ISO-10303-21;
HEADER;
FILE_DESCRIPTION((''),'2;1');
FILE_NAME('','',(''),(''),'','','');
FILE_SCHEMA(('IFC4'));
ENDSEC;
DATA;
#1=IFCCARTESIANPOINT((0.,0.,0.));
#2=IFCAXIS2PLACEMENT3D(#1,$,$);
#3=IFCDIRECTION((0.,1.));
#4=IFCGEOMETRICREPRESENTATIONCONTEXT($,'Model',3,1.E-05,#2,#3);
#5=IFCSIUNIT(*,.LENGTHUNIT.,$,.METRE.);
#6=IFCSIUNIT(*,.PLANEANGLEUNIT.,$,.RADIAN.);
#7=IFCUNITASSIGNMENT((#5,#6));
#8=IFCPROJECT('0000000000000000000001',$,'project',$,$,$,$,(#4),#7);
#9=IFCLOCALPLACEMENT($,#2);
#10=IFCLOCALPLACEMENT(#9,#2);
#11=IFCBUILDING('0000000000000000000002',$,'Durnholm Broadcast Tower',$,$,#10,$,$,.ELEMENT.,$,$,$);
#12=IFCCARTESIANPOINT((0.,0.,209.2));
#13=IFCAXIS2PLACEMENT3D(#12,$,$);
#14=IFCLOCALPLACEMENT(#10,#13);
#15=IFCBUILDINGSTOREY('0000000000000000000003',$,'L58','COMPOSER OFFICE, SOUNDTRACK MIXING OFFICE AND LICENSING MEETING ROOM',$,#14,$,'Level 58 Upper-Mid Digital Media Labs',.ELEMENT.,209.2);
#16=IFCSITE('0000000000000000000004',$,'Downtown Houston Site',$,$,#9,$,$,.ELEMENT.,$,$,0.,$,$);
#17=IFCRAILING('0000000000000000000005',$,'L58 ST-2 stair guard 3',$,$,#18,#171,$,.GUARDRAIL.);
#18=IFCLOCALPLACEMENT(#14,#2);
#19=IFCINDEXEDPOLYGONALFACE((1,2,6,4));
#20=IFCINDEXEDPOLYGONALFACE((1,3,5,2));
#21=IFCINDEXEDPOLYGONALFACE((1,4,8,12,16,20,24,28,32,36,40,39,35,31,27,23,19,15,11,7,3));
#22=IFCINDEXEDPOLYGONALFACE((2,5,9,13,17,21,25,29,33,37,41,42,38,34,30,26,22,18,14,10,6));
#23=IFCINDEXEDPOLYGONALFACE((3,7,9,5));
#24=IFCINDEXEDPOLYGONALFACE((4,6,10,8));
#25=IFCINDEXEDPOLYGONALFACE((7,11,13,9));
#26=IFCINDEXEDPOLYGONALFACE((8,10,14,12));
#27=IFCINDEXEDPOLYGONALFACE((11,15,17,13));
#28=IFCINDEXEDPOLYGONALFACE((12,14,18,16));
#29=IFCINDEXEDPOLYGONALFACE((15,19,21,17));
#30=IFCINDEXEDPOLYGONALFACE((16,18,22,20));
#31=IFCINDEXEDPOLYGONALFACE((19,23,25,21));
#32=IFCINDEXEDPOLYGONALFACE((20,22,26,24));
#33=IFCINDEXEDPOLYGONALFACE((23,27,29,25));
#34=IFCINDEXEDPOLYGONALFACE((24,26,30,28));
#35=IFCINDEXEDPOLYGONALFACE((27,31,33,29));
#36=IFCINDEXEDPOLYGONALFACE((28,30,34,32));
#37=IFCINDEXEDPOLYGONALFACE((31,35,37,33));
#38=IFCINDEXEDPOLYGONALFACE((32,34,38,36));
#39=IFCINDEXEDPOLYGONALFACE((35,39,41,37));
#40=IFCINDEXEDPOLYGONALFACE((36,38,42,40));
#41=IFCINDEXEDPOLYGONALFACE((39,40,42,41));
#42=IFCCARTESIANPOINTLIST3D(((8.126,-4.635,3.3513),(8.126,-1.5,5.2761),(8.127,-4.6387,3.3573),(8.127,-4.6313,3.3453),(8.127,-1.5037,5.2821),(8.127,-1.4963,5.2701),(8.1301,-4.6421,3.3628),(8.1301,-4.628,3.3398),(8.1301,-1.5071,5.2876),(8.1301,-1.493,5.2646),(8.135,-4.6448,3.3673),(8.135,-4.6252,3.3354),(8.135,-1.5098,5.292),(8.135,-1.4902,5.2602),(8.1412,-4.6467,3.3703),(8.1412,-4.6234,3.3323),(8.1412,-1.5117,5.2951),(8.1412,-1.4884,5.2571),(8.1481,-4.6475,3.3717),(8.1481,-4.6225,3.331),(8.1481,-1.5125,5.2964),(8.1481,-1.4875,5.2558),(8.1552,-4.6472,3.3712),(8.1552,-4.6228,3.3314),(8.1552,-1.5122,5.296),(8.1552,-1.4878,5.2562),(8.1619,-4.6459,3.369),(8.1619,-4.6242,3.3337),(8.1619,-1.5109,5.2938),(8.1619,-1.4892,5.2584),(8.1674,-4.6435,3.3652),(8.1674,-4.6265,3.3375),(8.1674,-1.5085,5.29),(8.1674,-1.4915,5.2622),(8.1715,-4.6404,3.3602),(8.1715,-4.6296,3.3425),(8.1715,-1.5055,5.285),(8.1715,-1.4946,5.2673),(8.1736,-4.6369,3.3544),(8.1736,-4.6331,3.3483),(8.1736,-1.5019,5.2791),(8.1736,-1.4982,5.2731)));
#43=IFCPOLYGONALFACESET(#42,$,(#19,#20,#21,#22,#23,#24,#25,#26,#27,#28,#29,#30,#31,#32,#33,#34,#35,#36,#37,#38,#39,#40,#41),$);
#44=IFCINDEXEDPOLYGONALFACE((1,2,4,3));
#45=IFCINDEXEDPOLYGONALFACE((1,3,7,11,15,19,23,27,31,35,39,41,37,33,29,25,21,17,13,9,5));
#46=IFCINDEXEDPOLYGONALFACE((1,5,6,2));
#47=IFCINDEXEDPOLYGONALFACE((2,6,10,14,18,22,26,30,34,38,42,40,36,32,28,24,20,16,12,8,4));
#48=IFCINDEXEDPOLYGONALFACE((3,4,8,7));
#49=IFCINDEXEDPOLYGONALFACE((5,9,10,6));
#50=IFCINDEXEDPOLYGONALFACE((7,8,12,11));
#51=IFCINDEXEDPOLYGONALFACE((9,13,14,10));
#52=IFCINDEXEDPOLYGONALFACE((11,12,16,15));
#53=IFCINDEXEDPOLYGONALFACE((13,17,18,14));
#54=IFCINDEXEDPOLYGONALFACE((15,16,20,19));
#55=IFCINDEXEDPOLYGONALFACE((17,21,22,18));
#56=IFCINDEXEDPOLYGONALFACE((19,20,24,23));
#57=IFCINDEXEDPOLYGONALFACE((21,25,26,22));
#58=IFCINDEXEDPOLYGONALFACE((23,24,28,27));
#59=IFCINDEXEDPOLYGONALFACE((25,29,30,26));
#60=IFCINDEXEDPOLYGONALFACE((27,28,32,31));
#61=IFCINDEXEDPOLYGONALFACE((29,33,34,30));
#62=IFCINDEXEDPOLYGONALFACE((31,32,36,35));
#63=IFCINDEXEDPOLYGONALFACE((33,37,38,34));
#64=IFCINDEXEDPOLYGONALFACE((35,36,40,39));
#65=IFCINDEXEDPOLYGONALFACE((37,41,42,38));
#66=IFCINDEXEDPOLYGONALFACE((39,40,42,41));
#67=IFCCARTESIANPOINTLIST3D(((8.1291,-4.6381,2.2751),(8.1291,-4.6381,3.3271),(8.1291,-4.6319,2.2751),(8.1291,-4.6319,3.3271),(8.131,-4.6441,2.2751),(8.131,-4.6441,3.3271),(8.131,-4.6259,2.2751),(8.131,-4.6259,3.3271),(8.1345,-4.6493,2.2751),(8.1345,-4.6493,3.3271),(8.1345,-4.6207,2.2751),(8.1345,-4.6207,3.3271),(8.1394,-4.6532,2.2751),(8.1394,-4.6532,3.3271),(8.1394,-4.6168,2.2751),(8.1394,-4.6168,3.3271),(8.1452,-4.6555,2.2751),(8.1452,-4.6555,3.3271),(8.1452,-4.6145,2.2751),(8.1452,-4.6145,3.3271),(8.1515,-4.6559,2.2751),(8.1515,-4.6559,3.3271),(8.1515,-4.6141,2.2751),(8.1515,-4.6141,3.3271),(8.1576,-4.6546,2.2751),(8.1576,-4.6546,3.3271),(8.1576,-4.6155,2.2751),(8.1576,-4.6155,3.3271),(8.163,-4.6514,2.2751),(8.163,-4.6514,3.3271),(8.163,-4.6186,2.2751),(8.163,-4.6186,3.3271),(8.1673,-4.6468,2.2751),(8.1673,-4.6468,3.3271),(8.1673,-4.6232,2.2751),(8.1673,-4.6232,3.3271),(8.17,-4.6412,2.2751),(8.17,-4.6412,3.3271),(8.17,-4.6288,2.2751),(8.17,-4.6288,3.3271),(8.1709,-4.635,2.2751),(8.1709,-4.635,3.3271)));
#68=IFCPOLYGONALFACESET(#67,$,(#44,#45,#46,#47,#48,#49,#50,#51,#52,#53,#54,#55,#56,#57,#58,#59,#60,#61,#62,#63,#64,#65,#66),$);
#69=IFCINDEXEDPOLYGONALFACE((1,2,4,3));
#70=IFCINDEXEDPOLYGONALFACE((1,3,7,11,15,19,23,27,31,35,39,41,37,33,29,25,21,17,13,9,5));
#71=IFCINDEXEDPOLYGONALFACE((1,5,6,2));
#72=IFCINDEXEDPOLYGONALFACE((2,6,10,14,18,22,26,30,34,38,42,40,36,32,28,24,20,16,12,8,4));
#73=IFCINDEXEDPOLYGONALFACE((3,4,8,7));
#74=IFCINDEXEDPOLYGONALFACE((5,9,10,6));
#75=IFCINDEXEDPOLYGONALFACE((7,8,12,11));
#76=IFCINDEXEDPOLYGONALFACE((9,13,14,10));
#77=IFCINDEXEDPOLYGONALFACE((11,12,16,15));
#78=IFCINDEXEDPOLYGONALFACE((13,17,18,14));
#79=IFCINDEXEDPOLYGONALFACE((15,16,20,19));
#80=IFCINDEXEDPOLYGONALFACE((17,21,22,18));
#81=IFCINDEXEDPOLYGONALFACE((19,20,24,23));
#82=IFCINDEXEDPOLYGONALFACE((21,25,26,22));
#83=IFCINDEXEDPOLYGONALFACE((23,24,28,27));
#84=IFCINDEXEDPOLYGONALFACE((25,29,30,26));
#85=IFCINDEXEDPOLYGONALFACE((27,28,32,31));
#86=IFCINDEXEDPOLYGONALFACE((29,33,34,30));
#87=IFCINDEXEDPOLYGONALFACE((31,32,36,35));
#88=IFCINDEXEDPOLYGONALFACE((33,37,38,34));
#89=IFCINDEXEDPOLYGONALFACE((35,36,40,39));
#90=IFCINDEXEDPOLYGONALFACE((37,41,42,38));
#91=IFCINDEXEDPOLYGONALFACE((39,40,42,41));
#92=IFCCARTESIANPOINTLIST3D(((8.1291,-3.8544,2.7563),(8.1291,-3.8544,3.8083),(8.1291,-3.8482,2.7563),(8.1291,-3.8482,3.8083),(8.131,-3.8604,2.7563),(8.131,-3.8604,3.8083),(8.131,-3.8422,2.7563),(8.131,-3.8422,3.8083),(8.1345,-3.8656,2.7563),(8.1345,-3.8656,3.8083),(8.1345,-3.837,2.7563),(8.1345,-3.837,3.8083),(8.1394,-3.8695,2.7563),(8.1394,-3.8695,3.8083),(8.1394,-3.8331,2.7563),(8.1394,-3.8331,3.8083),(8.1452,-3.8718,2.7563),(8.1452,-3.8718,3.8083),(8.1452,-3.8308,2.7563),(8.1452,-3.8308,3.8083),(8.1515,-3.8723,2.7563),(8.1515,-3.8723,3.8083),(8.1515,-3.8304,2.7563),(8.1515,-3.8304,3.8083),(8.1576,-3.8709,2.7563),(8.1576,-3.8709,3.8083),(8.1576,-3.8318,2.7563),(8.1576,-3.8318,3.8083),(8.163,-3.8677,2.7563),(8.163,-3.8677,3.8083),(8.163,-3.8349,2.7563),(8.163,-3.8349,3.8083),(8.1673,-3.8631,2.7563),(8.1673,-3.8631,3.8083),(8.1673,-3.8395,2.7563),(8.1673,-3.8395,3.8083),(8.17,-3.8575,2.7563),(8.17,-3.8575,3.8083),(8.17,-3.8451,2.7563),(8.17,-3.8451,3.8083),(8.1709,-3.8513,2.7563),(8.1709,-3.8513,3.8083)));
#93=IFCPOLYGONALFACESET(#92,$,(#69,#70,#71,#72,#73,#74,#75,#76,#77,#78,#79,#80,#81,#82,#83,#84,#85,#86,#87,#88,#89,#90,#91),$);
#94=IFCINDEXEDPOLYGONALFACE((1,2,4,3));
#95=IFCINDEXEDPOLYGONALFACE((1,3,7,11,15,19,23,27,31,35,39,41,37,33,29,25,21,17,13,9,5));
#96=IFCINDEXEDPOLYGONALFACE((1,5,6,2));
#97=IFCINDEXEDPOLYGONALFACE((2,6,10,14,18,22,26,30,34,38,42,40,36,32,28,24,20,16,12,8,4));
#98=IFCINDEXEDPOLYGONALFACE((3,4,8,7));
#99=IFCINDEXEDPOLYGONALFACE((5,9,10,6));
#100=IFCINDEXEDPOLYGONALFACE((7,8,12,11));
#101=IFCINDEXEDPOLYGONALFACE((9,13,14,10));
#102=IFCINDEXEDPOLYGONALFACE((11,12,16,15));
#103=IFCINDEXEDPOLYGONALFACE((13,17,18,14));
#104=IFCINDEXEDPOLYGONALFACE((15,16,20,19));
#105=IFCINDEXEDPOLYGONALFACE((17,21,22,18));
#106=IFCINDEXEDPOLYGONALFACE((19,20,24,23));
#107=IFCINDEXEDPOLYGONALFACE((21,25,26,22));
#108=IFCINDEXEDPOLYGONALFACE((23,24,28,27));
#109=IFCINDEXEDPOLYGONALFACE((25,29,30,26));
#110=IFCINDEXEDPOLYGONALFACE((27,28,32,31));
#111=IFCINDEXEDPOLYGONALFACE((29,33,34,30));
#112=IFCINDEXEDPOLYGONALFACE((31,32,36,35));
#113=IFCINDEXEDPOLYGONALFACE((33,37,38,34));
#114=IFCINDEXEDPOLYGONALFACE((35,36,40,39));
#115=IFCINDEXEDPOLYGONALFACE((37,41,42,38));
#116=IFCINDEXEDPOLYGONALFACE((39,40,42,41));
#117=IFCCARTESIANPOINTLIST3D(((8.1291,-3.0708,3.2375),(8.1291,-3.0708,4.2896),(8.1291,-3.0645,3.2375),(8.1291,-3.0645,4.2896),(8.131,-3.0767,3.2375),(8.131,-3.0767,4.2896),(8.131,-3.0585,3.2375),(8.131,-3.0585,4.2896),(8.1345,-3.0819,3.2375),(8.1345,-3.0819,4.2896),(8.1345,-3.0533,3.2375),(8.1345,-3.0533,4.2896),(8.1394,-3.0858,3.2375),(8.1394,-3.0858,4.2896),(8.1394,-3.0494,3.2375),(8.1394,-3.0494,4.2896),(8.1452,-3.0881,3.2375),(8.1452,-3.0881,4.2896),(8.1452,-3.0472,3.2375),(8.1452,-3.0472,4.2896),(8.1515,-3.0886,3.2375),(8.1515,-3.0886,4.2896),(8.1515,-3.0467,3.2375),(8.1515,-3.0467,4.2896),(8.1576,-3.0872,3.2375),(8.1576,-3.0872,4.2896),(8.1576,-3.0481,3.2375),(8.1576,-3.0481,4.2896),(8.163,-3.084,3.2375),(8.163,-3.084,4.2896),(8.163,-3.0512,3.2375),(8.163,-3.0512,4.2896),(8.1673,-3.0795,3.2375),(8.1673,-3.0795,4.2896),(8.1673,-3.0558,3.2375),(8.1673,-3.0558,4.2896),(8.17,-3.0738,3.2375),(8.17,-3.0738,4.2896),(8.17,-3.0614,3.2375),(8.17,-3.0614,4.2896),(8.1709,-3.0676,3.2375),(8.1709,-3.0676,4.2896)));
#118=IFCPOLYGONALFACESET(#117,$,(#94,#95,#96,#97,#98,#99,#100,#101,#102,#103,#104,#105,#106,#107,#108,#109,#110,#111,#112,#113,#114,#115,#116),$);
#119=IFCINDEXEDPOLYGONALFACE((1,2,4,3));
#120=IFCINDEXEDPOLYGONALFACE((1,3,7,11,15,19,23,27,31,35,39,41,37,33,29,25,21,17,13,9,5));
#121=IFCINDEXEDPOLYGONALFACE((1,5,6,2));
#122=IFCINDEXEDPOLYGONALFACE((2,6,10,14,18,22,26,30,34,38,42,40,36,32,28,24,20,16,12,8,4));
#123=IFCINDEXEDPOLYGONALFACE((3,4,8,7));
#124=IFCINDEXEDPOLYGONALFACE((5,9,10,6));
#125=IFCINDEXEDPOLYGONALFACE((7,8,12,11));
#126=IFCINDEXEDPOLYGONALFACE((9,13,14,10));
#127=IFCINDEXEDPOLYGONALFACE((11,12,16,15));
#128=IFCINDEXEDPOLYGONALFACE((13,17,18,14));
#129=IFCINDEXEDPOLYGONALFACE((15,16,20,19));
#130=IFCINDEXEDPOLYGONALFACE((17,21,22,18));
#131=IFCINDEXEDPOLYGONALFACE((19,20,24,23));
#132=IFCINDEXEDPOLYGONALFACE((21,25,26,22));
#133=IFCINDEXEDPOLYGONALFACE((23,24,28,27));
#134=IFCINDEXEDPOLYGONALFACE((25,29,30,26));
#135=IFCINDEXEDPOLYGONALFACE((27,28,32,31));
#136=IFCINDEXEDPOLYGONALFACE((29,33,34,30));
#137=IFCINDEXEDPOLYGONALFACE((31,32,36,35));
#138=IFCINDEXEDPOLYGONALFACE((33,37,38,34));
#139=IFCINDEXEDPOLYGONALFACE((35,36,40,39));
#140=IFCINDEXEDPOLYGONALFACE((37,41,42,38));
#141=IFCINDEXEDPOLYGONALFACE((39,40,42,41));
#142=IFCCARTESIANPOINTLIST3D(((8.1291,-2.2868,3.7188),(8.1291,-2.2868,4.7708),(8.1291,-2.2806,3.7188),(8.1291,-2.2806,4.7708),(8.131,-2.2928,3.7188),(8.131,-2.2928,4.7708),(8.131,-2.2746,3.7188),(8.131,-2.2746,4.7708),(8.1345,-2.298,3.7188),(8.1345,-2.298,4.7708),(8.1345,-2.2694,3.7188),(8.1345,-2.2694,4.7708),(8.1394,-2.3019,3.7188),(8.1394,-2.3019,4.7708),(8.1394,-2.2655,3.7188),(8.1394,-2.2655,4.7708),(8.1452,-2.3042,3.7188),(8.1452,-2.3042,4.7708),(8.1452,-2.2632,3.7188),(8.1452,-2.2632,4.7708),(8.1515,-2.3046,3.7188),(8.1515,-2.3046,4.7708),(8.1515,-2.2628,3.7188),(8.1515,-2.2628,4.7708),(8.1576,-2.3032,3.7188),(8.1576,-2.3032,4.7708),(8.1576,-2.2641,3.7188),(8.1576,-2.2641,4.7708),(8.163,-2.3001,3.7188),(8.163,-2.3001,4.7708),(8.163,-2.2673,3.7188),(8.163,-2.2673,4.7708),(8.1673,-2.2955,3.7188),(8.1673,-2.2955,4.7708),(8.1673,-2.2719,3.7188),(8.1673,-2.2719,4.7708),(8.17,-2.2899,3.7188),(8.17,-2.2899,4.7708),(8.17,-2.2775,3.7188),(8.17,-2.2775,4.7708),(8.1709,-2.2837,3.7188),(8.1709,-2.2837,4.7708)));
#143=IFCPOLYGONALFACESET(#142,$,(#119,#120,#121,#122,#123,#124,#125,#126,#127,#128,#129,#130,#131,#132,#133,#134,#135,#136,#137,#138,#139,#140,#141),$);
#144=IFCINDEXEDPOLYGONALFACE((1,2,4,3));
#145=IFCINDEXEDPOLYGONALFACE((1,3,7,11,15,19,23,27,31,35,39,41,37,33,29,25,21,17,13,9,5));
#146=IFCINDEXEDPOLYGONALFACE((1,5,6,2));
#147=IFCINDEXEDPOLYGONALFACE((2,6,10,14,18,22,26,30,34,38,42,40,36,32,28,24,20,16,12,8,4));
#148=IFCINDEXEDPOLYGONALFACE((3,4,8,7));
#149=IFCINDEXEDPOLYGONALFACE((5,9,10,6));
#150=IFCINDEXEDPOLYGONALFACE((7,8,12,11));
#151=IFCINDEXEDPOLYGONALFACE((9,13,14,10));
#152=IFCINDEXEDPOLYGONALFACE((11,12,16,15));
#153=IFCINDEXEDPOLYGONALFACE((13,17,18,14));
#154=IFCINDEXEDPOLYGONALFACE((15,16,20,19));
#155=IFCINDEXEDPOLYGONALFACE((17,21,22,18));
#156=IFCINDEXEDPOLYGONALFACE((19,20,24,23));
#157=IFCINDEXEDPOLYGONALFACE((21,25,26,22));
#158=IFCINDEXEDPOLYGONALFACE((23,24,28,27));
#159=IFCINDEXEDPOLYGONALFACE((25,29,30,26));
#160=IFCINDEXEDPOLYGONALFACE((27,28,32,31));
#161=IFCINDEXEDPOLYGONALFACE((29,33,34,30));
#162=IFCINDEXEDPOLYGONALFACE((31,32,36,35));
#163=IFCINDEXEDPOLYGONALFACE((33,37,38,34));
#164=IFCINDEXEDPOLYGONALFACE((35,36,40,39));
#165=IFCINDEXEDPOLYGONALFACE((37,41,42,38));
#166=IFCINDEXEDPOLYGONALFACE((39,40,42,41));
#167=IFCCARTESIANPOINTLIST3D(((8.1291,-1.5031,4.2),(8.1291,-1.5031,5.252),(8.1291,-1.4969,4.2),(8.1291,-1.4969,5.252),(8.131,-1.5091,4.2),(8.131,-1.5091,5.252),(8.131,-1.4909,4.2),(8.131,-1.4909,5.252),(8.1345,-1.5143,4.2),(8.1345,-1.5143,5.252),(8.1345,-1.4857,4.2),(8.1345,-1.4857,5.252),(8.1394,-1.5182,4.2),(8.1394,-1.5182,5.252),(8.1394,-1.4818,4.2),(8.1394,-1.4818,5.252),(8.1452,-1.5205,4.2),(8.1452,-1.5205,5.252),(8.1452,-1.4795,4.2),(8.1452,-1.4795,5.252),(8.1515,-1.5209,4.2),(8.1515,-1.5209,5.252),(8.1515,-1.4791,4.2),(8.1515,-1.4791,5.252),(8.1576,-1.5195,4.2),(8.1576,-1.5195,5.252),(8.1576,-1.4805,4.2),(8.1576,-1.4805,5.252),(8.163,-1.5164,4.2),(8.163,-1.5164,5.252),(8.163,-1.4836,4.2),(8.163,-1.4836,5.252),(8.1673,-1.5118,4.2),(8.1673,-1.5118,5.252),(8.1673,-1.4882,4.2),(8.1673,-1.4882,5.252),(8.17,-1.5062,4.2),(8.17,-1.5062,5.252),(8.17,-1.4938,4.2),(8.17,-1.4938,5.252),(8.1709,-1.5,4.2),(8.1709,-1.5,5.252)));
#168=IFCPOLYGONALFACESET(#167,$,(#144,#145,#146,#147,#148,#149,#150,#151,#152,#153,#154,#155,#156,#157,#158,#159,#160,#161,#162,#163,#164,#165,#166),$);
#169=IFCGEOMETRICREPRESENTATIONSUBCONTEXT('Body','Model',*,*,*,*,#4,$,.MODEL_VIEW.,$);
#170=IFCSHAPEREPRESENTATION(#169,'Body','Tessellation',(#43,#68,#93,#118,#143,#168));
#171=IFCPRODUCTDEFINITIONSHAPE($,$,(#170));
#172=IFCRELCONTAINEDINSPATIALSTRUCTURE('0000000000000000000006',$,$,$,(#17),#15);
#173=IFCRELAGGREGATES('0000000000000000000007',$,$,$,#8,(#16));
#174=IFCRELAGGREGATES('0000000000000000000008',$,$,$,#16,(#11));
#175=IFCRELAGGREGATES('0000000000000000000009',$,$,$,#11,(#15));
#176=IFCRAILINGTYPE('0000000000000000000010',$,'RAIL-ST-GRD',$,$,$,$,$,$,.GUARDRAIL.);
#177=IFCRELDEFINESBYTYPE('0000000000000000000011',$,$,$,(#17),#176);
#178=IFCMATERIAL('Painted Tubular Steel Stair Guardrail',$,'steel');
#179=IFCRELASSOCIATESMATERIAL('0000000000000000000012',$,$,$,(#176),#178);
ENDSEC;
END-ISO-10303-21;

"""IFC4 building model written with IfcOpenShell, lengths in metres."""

from ifc_helpers import new_model, si_unit, direction, frame, origin, origin_2d, place, context, subcontext, project, spatial, circle, extrude, material, type_object, element, save


model = new_model("IFC4")

# Units and contexts
model_context = context("Model", 3, precision=1e-05, world=origin(), true_north=direction((0.0, 1.0)))
body_context = subcontext(model_context, "Body", "Model", "MODEL_VIEW")
ifc_project = project(units=[si_unit("LENGTHUNIT", "METRE"), si_unit("PLANEANGLEUNIT", "RADIAN")], contexts=[model_context])

# Site, building, storey
site_placement = place(None, origin())
site = spatial("IfcSite", under=ifc_project, at=site_placement, Name="Downtown Houston Site", CompositionType="ELEMENT", RefElevation=0.0)
building_placement = place(site_placement, origin())
building = spatial("IfcBuilding", under=site, at=building_placement, Name="Durnholm Broadcast Tower", CompositionType="ELEMENT")
storey_placement = place(building_placement, frame((0.0, 0.0, 209.2)))
storey = spatial("IfcBuildingStorey", under=building, at=storey_placement, Name="L58", Description="COMPOSER OFFICE, SOUNDTRACK MIXING OFFICE AND LICENSING MEETING ROOM", LongName="Level 58 Upper-Mid Digital Media Labs", CompositionType="ELEMENT", Elevation=209.2)

# Railing
ifc_material_1 = material(Name="Painted Tubular Steel Stair Guardrail", Category="steel")
railing_type_1 = type_object("IfcRailingType", Name="RAIL-ST-GRD", PredefinedType="GUARDRAIL", material=ifc_material_1)
railing_1_placement = place(storey_placement, frame((8.1499, -4.635, 2.2751)))
element("IfcRailing", 1, at=railing_1_placement, inside=storey, type_object=railing_type_1, Name="L58 ST-2 stair guard 3", PredefinedType="GUARDRAIL", context=body_context, shape_type="SweptSolid", body=[
    extrude(circle(Radius=0.0239, at=origin_2d()), frame((0.0, 0.0, 1.0762), z_axis=(0.0, 0.852196, 0.523223), x_axis=(-1.0, 0.0, 0.0)), (0.0, 0.0, 1.0), 3.6787),
    extrude(circle(Radius=0.021, at=origin_2d()), origin(), (0.0, 0.0, 1.0), 1.052),
    extrude(circle(Radius=0.021, at=origin_2d()), frame((0.0, 0.7837, 0.4812)), (0.0, 0.0, 1.0), 1.052),
    extrude(circle(Radius=0.021, at=origin_2d()), frame((0.0, 1.5674, 0.9624)), (0.0, 0.0, 1.0), 1.052),
    extrude(circle(Radius=0.021, at=origin_2d()), frame((0.0, 2.3513, 1.4436)), (0.0, 0.0, 1.0), 1.052),
    extrude(circle(Radius=0.021, at=origin_2d()), frame((0.0, 3.135, 1.9248)), (0.0, 0.0, 1.0), 1.052),
])

save(model, "model.ifc")
